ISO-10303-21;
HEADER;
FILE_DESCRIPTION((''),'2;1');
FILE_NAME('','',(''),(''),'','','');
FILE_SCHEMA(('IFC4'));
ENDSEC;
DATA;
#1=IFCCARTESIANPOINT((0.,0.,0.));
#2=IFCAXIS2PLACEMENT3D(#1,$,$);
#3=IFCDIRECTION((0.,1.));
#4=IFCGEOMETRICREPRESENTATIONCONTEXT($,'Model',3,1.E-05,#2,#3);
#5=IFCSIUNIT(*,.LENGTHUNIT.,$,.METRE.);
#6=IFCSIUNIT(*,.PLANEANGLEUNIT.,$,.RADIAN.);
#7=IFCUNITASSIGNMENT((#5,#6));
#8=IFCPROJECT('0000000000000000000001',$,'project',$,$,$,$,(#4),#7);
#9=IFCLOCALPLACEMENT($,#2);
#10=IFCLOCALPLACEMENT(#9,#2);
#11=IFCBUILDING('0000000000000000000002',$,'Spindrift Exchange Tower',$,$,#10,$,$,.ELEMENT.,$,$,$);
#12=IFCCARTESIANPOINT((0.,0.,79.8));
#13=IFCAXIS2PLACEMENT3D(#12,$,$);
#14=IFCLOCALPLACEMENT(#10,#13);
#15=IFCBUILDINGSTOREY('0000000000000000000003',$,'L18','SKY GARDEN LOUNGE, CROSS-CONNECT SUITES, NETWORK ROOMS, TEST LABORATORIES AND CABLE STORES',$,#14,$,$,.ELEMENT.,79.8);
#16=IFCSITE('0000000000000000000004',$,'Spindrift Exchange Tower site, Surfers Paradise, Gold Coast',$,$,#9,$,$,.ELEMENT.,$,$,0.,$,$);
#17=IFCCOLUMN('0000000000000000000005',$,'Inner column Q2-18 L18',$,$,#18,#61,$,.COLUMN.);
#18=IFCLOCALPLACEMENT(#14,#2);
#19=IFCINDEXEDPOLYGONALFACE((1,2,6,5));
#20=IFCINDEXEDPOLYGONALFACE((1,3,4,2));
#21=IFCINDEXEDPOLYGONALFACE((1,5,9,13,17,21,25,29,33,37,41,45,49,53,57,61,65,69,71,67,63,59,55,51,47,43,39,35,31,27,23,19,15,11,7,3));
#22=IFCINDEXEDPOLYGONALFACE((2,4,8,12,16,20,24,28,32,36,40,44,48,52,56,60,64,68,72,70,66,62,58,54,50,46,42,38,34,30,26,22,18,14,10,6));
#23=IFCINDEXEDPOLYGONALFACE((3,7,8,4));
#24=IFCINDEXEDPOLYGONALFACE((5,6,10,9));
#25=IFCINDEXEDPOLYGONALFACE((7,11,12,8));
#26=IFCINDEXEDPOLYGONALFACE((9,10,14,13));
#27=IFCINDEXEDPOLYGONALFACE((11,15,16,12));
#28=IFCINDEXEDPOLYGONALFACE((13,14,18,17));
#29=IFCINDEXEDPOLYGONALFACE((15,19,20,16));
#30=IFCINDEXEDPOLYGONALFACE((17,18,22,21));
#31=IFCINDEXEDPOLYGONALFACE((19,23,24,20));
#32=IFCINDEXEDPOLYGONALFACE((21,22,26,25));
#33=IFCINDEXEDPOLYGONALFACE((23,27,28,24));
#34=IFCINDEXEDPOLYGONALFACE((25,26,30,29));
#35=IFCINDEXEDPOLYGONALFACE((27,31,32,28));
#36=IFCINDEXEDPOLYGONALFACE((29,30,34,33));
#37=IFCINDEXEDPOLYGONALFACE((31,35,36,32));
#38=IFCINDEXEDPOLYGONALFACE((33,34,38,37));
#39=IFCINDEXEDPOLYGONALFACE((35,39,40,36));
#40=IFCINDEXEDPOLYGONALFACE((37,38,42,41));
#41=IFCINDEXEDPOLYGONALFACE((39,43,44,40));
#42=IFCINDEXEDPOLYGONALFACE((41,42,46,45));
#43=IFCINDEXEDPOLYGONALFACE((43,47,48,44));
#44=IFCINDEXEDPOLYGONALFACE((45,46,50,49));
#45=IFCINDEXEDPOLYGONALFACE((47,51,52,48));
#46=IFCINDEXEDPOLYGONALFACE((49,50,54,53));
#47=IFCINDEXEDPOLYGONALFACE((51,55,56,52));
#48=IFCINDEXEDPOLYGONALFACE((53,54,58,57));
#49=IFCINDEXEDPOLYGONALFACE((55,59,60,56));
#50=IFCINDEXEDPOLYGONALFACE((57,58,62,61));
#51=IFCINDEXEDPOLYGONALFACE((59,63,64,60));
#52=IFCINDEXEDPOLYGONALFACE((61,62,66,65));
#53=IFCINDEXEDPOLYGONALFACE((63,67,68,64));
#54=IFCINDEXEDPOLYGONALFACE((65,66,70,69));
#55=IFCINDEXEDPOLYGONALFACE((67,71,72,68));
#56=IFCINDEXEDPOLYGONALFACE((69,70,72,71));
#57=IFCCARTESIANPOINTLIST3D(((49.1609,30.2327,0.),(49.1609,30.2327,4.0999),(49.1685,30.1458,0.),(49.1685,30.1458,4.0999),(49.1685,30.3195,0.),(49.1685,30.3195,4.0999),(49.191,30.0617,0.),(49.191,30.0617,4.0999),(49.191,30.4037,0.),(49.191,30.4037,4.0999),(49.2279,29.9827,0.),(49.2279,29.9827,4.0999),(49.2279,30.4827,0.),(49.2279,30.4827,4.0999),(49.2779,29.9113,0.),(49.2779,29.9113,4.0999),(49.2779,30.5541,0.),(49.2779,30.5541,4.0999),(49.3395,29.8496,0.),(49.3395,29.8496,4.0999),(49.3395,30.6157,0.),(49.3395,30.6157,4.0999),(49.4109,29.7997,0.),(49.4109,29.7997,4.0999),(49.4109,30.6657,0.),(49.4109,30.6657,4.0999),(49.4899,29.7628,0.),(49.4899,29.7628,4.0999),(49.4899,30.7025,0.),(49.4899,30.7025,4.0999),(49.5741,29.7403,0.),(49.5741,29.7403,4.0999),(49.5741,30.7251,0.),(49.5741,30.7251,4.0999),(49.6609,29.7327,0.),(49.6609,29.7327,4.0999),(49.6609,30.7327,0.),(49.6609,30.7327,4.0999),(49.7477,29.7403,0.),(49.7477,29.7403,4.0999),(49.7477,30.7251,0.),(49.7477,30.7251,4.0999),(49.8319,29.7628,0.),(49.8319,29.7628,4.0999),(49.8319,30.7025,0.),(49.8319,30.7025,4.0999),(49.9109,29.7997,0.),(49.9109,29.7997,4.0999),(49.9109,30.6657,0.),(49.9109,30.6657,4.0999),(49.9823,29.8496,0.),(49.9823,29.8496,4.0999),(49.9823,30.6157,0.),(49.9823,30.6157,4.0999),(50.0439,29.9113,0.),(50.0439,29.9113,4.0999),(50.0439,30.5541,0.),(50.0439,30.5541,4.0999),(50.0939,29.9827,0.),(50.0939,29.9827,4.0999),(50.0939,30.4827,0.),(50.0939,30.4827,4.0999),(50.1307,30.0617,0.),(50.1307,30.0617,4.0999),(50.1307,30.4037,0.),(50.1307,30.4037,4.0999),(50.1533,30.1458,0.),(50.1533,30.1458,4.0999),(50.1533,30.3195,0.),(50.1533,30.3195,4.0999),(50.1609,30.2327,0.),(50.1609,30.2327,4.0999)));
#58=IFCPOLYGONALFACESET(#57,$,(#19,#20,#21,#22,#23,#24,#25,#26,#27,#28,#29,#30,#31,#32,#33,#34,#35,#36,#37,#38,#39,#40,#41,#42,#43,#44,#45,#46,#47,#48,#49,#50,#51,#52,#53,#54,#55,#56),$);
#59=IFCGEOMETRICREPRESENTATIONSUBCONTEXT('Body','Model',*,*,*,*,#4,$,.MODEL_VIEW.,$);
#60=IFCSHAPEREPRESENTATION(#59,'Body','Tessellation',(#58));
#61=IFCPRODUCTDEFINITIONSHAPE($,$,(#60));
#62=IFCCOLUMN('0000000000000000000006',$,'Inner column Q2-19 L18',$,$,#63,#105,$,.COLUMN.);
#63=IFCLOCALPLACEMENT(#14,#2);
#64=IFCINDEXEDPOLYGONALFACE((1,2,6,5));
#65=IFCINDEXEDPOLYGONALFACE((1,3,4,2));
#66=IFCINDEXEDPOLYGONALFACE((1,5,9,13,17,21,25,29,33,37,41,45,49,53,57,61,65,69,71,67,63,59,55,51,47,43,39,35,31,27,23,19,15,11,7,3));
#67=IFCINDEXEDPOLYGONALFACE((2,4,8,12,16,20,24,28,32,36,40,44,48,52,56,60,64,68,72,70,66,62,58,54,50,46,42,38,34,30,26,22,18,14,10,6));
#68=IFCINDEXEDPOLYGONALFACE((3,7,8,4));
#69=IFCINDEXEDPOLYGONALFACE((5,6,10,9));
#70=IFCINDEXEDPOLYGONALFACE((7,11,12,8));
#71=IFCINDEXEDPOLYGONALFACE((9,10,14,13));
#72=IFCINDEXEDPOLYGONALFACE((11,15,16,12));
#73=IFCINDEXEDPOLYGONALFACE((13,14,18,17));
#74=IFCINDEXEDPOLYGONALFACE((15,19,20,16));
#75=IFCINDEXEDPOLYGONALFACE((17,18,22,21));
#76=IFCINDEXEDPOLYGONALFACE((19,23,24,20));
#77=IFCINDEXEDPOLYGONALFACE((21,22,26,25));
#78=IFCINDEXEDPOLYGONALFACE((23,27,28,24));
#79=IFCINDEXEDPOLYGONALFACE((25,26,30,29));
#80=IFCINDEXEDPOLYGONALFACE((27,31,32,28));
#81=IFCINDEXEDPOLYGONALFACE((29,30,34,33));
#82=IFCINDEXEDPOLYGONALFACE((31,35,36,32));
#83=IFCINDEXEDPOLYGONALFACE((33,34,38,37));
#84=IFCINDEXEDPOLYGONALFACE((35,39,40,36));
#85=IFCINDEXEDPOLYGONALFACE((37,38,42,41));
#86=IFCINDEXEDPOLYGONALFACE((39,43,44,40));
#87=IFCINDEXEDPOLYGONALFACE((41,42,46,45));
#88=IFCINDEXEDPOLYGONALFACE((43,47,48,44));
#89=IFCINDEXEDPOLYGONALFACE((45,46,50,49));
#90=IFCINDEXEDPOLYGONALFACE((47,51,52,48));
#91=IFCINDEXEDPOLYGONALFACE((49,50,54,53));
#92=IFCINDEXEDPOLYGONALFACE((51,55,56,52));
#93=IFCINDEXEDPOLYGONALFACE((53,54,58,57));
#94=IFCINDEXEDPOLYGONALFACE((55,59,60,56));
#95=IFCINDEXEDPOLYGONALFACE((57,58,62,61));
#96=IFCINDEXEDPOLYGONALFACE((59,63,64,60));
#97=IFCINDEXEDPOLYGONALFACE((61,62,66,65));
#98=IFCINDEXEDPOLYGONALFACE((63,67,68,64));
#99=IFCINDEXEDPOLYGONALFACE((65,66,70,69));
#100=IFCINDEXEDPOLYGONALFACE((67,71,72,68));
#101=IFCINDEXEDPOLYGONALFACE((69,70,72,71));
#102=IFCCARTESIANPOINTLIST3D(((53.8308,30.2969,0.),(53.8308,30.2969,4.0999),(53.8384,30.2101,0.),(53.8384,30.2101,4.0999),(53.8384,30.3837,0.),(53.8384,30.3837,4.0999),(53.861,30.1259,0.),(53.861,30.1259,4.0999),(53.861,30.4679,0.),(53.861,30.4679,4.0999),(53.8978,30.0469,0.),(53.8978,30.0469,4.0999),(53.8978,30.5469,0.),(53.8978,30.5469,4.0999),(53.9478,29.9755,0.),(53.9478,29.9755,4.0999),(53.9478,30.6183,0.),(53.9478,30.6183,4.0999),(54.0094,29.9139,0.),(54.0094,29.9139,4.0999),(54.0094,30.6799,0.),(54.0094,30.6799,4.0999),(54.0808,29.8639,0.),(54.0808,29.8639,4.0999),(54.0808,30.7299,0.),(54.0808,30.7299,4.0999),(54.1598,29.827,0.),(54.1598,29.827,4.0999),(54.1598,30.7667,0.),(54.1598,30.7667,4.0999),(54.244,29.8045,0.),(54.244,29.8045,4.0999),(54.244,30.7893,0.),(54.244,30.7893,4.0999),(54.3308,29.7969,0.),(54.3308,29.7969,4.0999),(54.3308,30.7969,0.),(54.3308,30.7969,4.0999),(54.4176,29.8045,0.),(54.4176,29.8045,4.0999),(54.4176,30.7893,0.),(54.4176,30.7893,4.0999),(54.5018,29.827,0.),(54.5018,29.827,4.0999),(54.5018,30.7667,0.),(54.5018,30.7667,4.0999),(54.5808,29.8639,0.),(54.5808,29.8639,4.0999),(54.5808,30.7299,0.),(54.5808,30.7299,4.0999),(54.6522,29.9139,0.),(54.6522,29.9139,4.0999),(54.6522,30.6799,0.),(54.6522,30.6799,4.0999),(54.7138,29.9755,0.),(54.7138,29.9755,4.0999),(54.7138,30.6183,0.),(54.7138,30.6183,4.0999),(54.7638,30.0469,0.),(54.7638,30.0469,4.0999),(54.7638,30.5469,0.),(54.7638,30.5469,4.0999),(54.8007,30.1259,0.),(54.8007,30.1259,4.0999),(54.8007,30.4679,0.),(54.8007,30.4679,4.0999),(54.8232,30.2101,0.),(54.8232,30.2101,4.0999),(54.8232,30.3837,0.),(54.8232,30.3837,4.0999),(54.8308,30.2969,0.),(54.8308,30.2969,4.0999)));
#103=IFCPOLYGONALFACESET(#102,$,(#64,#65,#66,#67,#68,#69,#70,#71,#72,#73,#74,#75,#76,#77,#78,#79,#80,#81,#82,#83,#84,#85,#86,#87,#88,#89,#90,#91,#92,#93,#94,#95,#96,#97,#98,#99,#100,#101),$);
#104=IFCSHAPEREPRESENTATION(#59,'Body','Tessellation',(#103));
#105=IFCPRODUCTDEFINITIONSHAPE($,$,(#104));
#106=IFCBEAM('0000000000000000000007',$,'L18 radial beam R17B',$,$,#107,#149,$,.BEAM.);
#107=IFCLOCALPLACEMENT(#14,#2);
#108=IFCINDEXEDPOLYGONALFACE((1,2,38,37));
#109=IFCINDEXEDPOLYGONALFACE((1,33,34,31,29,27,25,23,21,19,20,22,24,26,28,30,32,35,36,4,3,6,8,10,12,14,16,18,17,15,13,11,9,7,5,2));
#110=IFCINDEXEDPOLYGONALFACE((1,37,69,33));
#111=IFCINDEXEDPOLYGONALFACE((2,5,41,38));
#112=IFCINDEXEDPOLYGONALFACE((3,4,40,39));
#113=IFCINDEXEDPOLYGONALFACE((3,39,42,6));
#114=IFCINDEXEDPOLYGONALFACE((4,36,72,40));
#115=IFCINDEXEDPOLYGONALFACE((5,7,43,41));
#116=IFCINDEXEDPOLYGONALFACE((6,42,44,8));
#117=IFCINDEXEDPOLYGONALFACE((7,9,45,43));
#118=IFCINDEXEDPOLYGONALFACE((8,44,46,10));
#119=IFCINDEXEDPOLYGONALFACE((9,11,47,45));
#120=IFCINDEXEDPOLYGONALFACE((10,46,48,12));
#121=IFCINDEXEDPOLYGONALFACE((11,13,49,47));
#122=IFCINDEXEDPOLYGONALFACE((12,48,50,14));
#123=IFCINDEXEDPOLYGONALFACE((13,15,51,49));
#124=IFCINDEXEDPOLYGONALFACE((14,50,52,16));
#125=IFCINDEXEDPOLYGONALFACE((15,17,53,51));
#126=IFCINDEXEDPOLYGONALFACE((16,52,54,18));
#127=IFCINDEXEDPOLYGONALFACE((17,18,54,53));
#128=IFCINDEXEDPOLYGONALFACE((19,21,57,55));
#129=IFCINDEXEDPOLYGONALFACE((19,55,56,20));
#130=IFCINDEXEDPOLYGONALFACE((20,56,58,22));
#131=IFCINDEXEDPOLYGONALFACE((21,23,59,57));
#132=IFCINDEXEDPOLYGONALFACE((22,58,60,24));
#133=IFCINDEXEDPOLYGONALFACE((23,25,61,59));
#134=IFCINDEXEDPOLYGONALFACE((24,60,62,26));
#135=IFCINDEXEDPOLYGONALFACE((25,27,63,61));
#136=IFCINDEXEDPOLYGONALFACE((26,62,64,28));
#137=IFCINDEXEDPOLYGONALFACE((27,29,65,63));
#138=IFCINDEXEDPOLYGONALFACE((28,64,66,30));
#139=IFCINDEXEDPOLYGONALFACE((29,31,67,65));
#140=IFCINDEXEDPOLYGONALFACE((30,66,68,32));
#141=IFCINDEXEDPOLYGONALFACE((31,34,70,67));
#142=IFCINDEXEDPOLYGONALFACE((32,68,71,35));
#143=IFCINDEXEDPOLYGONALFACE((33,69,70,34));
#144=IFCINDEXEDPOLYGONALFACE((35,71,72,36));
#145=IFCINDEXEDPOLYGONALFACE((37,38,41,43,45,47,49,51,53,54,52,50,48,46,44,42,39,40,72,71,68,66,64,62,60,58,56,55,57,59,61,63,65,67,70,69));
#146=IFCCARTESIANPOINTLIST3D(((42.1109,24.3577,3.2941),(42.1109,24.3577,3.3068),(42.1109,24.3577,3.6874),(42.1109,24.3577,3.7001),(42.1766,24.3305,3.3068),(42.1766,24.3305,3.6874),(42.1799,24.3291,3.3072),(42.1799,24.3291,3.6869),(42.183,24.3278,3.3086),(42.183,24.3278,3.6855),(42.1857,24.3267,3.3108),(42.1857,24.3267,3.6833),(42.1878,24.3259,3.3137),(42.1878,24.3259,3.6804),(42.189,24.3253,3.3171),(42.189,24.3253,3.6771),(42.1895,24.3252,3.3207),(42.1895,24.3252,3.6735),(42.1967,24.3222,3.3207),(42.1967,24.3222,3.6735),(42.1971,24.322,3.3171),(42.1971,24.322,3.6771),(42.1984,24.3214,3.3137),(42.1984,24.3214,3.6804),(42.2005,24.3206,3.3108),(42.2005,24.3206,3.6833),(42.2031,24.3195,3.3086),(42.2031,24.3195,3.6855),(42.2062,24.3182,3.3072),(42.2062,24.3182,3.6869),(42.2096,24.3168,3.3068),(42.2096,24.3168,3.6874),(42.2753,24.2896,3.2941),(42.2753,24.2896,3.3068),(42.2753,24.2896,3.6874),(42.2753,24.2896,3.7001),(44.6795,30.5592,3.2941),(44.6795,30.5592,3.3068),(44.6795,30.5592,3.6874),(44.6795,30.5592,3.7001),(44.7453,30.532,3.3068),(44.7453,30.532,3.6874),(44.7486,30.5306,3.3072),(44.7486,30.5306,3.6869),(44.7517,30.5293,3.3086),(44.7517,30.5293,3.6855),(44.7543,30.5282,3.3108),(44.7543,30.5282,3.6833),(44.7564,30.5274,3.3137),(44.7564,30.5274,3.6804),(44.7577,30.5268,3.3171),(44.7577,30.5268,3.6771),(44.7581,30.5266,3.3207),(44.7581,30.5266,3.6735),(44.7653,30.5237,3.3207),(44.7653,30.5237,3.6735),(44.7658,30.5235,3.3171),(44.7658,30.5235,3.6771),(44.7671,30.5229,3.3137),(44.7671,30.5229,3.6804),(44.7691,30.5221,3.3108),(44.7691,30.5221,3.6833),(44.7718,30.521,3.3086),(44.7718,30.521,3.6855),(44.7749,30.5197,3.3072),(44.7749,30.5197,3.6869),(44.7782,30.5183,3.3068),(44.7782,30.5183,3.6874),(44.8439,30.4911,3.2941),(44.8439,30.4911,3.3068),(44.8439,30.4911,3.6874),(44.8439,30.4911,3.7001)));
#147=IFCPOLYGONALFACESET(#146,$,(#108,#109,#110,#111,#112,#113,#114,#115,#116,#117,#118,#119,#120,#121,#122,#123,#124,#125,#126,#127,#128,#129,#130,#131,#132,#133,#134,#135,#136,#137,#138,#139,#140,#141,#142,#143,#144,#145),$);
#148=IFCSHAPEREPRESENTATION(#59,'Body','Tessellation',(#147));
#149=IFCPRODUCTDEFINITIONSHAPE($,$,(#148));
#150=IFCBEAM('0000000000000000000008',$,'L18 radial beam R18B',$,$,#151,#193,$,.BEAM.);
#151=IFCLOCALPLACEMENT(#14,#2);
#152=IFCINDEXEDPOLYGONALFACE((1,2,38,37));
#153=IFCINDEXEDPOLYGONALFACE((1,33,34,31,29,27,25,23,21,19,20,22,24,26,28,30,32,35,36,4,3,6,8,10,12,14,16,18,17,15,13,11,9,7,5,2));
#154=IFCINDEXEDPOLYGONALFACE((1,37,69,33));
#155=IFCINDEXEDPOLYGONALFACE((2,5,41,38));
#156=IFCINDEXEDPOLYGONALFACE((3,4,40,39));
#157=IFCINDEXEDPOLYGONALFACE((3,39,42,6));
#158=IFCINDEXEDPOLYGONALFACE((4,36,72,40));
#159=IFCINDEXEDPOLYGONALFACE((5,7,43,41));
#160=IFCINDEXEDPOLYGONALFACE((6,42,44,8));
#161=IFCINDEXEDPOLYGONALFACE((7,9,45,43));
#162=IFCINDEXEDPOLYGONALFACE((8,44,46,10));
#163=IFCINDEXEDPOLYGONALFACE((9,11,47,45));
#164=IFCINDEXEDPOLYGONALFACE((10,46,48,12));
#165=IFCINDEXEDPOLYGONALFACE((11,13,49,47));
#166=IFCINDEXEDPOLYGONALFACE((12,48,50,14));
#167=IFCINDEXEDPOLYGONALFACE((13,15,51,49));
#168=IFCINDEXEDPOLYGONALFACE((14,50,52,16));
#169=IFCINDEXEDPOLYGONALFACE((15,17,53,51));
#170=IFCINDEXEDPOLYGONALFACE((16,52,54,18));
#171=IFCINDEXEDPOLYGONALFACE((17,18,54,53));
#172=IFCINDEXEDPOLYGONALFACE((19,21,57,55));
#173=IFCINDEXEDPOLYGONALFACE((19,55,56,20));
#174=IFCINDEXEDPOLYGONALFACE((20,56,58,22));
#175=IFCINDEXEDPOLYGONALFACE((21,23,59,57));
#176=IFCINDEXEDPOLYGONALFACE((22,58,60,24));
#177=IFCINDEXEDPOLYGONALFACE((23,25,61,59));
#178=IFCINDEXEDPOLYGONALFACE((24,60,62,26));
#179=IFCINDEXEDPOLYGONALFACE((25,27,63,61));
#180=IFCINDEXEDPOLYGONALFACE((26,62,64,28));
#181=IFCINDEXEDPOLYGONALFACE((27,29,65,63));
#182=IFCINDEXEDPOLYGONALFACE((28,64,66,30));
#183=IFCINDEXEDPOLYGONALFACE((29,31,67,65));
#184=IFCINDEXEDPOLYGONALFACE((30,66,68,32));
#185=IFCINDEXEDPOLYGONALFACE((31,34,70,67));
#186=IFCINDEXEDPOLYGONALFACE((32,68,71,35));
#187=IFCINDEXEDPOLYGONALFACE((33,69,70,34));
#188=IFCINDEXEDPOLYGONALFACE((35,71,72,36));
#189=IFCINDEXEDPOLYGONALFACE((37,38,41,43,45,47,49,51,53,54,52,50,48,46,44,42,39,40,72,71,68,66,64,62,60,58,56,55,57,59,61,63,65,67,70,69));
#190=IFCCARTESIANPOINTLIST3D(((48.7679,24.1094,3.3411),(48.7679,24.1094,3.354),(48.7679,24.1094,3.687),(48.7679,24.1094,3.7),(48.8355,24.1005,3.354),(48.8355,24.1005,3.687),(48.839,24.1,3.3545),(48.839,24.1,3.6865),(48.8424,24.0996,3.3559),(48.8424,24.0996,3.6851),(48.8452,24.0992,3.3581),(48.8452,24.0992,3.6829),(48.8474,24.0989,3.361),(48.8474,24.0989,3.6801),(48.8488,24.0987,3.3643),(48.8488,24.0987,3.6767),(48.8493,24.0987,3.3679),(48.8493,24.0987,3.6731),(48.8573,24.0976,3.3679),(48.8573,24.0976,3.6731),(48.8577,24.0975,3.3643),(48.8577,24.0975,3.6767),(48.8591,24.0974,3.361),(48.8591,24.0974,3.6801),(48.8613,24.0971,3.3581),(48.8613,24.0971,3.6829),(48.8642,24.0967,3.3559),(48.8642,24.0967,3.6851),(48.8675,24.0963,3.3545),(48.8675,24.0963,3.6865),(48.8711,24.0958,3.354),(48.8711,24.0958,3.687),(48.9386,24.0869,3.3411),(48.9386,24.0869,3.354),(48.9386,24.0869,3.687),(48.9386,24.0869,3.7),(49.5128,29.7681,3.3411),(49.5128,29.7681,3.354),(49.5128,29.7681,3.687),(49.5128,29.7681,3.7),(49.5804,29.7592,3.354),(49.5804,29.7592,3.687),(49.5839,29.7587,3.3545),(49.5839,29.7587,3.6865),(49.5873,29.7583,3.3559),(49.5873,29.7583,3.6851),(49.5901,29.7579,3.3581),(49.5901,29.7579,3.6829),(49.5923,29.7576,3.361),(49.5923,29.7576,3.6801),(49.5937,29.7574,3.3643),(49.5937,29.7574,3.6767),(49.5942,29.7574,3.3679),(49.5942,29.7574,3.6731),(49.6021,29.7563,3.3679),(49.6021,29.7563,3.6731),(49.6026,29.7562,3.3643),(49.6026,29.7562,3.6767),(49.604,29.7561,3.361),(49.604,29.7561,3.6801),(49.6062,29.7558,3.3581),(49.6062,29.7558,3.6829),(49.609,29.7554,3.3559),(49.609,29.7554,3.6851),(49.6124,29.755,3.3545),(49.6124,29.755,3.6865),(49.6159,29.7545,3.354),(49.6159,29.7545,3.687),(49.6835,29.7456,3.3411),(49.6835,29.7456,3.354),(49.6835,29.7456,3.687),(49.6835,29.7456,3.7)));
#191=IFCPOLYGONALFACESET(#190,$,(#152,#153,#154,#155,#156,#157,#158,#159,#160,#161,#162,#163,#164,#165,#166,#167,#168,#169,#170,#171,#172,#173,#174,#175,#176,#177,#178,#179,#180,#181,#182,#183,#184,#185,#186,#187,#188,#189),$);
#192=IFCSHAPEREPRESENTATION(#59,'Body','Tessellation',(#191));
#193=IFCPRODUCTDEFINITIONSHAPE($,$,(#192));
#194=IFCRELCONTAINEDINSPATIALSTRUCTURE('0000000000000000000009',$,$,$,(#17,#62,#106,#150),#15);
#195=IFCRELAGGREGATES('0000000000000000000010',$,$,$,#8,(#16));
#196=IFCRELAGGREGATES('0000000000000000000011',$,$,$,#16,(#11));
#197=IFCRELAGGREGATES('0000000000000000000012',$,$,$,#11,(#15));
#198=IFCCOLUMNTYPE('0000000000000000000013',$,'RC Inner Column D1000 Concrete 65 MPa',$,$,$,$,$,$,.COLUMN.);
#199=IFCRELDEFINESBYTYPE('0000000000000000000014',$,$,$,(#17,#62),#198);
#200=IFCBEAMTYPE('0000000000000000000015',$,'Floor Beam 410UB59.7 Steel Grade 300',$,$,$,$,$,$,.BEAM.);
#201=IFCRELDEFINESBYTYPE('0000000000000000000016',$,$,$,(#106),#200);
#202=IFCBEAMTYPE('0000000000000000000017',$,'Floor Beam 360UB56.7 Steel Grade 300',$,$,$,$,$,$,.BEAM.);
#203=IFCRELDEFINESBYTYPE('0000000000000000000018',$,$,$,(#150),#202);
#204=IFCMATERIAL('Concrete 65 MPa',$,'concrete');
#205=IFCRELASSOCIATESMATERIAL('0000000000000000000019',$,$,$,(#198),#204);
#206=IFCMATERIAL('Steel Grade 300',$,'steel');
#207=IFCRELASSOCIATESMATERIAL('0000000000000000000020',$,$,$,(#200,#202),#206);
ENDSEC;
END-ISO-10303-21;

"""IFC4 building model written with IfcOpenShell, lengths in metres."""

from ifc_helpers import new_model, si_unit, direction, frame, origin, origin_2d, place, context, subcontext, project, spatial, circle, i_section, extrude, source, transform, mapped, material, material_profile, profile_set, type_object, element, save


model = new_model("IFC4")

# Units and contexts
model_context = context("Model", 3, precision=1e-05, world=origin(), true_north=direction((0.0, 1.0)))
body_context = subcontext(model_context, "Body", "Model", "MODEL_VIEW")
ifc_project = project(units=[si_unit("LENGTHUNIT", "METRE"), si_unit("PLANEANGLEUNIT", "RADIAN")], contexts=[model_context])

# Site, building, storey
site_placement = place(None, origin())
site = spatial("IfcSite", under=ifc_project, at=site_placement, Name="Spindrift Exchange Tower site, Surfers Paradise, Gold Coast", CompositionType="ELEMENT", RefElevation=0.0)
building_placement = place(site_placement, origin())
building = spatial("IfcBuilding", under=site, at=building_placement, Name="Spindrift Exchange Tower", CompositionType="ELEMENT")
storey_placement = place(building_placement, frame((0.0, 0.0, 79.8)))
storey = spatial("IfcBuildingStorey", under=building, at=storey_placement, Name="L18", Description="SKY GARDEN LOUNGE, CROSS-CONNECT SUITES, NETWORK ROOMS, TEST LABORATORIES AND CABLE STORES", CompositionType="ELEMENT", Elevation=79.8)

# Columns
ifc_material_1 = material(Name="Concrete 65 MPa", Category="concrete")
ifc_material_profile_1 = material_profile(ifc_material_1, circle(Radius=0.5, at=origin_2d()), Name="RC D1000")
ifc_profile_set_1 = profile_set([ifc_material_profile_1], Name="Concrete 65 MPa")
column_type_1 = type_object("IfcColumnType", Name="RC Inner Column D1000 Concrete 65 MPa", PredefinedType="COLUMN", material=ifc_profile_set_1)
shared_shape_1 = source(origin(), body_context, "Body", "SweptSolid", [
    extrude(circle(Radius=0.5, at=origin_2d()), origin(), (0.0, 0.0, 1.0), 4.0999),
])
for number, where, z_axis, x_axis, name in (
    (1, (49.6609, 30.2327, 0.0), (0.0, 0.0, 1.0), (1.0, 0.0, 0.0), "Inner column Q2-18 L18"),
    (2, (54.3308, 30.2969, 0.0), (0.0, 0.0, 1.0), (1.0, 0.0, 0.0), "Inner column Q2-19 L18"),
):
    element("IfcColumn", number, at=place(storey_placement, frame(where, z_axis=z_axis, x_axis=x_axis)), inside=storey, type_object=column_type_1, Name=name, PredefinedType="COLUMN", context=body_context, shape_type="MappedRepresentation", body=[
        mapped(shared_shape_1, transform((0.0, 0.0, 0.0), scale=1.0)),
    ])

# Beams
ifc_material_2 = material(Name="Steel Grade 300", Category="steel")
ifc_material_profile_2 = material_profile(ifc_material_2, i_section(OverallWidth=0.178, OverallDepth=0.406, WebThickness=0.0078, FlangeThickness=0.0127, FilletRadius=0.0139, at=origin_2d()), Name="410UB59.7")
ifc_profile_set_2 = profile_set([ifc_material_profile_2], Name="Steel Grade 300")
beam_type_1 = type_object("IfcBeamType", Name="Floor Beam 410UB59.7 Steel Grade 300", PredefinedType="BEAM", material=ifc_profile_set_2)
shared_shape_2 = source(origin(), body_context, "Body", "SweptSolid", [
    extrude(i_section(OverallWidth=0.178, OverallDepth=0.406, WebThickness=0.0078, FlangeThickness=0.0127, FilletRadius=0.0139, at=origin_2d()), origin(), (0.0, 0.0, 1.0), 6.7124),
])
beam_1_placement = place(storey_placement, frame((44.7617, 30.5251, 3.4971), z_axis=(-0.38267, -0.923885, 0.0), x_axis=(0.923885, -0.38267, 0.0)))
element("IfcBeam", 3, at=beam_1_placement, inside=storey, type_object=beam_type_1, Name="L18 radial beam R17B", PredefinedType="BEAM", context=body_context, shape_type="MappedRepresentation", body=[
    mapped(shared_shape_2, transform((0.0, 0.0, 0.0), scale=1.0)),
])
ifc_material_profile_3 = material_profile(ifc_material_2, i_section(OverallWidth=0.1721, OverallDepth=0.3589, WebThickness=0.0081, FlangeThickness=0.0129, FilletRadius=0.0139, at=origin_2d()), Name="360UB56.7")
ifc_profile_set_3 = profile_set([ifc_material_profile_3], Name="Steel Grade 300")
beam_type_2 = type_object("IfcBeamType", Name="Floor Beam 360UB56.7 Steel Grade 300", PredefinedType="BEAM", material=ifc_profile_set_3)
shared_shape_3 = source(origin(), body_context, "Body", "SweptSolid", [
    extrude(i_section(OverallWidth=0.1721, OverallDepth=0.3589, WebThickness=0.0081, FlangeThickness=0.0129, FilletRadius=0.0139, at=origin_2d()), origin(), (0.0, 0.0, 1.0), 5.7075),
])
beam_2_placement = place(storey_placement, frame((49.5981, 29.7568, 3.5205), z_axis=(-0.130508, -0.991447, 0.0), x_axis=(0.991447, -0.130508, 0.0)))
element("IfcBeam", 4, at=beam_2_placement, inside=storey, type_object=beam_type_2, Name="L18 radial beam R18B", PredefinedType="BEAM", context=body_context, shape_type="MappedRepresentation", body=[
    mapped(shared_shape_3, transform((0.0, 0.0, 0.0), scale=1.0)),
])

save(model, "model.ifc")
